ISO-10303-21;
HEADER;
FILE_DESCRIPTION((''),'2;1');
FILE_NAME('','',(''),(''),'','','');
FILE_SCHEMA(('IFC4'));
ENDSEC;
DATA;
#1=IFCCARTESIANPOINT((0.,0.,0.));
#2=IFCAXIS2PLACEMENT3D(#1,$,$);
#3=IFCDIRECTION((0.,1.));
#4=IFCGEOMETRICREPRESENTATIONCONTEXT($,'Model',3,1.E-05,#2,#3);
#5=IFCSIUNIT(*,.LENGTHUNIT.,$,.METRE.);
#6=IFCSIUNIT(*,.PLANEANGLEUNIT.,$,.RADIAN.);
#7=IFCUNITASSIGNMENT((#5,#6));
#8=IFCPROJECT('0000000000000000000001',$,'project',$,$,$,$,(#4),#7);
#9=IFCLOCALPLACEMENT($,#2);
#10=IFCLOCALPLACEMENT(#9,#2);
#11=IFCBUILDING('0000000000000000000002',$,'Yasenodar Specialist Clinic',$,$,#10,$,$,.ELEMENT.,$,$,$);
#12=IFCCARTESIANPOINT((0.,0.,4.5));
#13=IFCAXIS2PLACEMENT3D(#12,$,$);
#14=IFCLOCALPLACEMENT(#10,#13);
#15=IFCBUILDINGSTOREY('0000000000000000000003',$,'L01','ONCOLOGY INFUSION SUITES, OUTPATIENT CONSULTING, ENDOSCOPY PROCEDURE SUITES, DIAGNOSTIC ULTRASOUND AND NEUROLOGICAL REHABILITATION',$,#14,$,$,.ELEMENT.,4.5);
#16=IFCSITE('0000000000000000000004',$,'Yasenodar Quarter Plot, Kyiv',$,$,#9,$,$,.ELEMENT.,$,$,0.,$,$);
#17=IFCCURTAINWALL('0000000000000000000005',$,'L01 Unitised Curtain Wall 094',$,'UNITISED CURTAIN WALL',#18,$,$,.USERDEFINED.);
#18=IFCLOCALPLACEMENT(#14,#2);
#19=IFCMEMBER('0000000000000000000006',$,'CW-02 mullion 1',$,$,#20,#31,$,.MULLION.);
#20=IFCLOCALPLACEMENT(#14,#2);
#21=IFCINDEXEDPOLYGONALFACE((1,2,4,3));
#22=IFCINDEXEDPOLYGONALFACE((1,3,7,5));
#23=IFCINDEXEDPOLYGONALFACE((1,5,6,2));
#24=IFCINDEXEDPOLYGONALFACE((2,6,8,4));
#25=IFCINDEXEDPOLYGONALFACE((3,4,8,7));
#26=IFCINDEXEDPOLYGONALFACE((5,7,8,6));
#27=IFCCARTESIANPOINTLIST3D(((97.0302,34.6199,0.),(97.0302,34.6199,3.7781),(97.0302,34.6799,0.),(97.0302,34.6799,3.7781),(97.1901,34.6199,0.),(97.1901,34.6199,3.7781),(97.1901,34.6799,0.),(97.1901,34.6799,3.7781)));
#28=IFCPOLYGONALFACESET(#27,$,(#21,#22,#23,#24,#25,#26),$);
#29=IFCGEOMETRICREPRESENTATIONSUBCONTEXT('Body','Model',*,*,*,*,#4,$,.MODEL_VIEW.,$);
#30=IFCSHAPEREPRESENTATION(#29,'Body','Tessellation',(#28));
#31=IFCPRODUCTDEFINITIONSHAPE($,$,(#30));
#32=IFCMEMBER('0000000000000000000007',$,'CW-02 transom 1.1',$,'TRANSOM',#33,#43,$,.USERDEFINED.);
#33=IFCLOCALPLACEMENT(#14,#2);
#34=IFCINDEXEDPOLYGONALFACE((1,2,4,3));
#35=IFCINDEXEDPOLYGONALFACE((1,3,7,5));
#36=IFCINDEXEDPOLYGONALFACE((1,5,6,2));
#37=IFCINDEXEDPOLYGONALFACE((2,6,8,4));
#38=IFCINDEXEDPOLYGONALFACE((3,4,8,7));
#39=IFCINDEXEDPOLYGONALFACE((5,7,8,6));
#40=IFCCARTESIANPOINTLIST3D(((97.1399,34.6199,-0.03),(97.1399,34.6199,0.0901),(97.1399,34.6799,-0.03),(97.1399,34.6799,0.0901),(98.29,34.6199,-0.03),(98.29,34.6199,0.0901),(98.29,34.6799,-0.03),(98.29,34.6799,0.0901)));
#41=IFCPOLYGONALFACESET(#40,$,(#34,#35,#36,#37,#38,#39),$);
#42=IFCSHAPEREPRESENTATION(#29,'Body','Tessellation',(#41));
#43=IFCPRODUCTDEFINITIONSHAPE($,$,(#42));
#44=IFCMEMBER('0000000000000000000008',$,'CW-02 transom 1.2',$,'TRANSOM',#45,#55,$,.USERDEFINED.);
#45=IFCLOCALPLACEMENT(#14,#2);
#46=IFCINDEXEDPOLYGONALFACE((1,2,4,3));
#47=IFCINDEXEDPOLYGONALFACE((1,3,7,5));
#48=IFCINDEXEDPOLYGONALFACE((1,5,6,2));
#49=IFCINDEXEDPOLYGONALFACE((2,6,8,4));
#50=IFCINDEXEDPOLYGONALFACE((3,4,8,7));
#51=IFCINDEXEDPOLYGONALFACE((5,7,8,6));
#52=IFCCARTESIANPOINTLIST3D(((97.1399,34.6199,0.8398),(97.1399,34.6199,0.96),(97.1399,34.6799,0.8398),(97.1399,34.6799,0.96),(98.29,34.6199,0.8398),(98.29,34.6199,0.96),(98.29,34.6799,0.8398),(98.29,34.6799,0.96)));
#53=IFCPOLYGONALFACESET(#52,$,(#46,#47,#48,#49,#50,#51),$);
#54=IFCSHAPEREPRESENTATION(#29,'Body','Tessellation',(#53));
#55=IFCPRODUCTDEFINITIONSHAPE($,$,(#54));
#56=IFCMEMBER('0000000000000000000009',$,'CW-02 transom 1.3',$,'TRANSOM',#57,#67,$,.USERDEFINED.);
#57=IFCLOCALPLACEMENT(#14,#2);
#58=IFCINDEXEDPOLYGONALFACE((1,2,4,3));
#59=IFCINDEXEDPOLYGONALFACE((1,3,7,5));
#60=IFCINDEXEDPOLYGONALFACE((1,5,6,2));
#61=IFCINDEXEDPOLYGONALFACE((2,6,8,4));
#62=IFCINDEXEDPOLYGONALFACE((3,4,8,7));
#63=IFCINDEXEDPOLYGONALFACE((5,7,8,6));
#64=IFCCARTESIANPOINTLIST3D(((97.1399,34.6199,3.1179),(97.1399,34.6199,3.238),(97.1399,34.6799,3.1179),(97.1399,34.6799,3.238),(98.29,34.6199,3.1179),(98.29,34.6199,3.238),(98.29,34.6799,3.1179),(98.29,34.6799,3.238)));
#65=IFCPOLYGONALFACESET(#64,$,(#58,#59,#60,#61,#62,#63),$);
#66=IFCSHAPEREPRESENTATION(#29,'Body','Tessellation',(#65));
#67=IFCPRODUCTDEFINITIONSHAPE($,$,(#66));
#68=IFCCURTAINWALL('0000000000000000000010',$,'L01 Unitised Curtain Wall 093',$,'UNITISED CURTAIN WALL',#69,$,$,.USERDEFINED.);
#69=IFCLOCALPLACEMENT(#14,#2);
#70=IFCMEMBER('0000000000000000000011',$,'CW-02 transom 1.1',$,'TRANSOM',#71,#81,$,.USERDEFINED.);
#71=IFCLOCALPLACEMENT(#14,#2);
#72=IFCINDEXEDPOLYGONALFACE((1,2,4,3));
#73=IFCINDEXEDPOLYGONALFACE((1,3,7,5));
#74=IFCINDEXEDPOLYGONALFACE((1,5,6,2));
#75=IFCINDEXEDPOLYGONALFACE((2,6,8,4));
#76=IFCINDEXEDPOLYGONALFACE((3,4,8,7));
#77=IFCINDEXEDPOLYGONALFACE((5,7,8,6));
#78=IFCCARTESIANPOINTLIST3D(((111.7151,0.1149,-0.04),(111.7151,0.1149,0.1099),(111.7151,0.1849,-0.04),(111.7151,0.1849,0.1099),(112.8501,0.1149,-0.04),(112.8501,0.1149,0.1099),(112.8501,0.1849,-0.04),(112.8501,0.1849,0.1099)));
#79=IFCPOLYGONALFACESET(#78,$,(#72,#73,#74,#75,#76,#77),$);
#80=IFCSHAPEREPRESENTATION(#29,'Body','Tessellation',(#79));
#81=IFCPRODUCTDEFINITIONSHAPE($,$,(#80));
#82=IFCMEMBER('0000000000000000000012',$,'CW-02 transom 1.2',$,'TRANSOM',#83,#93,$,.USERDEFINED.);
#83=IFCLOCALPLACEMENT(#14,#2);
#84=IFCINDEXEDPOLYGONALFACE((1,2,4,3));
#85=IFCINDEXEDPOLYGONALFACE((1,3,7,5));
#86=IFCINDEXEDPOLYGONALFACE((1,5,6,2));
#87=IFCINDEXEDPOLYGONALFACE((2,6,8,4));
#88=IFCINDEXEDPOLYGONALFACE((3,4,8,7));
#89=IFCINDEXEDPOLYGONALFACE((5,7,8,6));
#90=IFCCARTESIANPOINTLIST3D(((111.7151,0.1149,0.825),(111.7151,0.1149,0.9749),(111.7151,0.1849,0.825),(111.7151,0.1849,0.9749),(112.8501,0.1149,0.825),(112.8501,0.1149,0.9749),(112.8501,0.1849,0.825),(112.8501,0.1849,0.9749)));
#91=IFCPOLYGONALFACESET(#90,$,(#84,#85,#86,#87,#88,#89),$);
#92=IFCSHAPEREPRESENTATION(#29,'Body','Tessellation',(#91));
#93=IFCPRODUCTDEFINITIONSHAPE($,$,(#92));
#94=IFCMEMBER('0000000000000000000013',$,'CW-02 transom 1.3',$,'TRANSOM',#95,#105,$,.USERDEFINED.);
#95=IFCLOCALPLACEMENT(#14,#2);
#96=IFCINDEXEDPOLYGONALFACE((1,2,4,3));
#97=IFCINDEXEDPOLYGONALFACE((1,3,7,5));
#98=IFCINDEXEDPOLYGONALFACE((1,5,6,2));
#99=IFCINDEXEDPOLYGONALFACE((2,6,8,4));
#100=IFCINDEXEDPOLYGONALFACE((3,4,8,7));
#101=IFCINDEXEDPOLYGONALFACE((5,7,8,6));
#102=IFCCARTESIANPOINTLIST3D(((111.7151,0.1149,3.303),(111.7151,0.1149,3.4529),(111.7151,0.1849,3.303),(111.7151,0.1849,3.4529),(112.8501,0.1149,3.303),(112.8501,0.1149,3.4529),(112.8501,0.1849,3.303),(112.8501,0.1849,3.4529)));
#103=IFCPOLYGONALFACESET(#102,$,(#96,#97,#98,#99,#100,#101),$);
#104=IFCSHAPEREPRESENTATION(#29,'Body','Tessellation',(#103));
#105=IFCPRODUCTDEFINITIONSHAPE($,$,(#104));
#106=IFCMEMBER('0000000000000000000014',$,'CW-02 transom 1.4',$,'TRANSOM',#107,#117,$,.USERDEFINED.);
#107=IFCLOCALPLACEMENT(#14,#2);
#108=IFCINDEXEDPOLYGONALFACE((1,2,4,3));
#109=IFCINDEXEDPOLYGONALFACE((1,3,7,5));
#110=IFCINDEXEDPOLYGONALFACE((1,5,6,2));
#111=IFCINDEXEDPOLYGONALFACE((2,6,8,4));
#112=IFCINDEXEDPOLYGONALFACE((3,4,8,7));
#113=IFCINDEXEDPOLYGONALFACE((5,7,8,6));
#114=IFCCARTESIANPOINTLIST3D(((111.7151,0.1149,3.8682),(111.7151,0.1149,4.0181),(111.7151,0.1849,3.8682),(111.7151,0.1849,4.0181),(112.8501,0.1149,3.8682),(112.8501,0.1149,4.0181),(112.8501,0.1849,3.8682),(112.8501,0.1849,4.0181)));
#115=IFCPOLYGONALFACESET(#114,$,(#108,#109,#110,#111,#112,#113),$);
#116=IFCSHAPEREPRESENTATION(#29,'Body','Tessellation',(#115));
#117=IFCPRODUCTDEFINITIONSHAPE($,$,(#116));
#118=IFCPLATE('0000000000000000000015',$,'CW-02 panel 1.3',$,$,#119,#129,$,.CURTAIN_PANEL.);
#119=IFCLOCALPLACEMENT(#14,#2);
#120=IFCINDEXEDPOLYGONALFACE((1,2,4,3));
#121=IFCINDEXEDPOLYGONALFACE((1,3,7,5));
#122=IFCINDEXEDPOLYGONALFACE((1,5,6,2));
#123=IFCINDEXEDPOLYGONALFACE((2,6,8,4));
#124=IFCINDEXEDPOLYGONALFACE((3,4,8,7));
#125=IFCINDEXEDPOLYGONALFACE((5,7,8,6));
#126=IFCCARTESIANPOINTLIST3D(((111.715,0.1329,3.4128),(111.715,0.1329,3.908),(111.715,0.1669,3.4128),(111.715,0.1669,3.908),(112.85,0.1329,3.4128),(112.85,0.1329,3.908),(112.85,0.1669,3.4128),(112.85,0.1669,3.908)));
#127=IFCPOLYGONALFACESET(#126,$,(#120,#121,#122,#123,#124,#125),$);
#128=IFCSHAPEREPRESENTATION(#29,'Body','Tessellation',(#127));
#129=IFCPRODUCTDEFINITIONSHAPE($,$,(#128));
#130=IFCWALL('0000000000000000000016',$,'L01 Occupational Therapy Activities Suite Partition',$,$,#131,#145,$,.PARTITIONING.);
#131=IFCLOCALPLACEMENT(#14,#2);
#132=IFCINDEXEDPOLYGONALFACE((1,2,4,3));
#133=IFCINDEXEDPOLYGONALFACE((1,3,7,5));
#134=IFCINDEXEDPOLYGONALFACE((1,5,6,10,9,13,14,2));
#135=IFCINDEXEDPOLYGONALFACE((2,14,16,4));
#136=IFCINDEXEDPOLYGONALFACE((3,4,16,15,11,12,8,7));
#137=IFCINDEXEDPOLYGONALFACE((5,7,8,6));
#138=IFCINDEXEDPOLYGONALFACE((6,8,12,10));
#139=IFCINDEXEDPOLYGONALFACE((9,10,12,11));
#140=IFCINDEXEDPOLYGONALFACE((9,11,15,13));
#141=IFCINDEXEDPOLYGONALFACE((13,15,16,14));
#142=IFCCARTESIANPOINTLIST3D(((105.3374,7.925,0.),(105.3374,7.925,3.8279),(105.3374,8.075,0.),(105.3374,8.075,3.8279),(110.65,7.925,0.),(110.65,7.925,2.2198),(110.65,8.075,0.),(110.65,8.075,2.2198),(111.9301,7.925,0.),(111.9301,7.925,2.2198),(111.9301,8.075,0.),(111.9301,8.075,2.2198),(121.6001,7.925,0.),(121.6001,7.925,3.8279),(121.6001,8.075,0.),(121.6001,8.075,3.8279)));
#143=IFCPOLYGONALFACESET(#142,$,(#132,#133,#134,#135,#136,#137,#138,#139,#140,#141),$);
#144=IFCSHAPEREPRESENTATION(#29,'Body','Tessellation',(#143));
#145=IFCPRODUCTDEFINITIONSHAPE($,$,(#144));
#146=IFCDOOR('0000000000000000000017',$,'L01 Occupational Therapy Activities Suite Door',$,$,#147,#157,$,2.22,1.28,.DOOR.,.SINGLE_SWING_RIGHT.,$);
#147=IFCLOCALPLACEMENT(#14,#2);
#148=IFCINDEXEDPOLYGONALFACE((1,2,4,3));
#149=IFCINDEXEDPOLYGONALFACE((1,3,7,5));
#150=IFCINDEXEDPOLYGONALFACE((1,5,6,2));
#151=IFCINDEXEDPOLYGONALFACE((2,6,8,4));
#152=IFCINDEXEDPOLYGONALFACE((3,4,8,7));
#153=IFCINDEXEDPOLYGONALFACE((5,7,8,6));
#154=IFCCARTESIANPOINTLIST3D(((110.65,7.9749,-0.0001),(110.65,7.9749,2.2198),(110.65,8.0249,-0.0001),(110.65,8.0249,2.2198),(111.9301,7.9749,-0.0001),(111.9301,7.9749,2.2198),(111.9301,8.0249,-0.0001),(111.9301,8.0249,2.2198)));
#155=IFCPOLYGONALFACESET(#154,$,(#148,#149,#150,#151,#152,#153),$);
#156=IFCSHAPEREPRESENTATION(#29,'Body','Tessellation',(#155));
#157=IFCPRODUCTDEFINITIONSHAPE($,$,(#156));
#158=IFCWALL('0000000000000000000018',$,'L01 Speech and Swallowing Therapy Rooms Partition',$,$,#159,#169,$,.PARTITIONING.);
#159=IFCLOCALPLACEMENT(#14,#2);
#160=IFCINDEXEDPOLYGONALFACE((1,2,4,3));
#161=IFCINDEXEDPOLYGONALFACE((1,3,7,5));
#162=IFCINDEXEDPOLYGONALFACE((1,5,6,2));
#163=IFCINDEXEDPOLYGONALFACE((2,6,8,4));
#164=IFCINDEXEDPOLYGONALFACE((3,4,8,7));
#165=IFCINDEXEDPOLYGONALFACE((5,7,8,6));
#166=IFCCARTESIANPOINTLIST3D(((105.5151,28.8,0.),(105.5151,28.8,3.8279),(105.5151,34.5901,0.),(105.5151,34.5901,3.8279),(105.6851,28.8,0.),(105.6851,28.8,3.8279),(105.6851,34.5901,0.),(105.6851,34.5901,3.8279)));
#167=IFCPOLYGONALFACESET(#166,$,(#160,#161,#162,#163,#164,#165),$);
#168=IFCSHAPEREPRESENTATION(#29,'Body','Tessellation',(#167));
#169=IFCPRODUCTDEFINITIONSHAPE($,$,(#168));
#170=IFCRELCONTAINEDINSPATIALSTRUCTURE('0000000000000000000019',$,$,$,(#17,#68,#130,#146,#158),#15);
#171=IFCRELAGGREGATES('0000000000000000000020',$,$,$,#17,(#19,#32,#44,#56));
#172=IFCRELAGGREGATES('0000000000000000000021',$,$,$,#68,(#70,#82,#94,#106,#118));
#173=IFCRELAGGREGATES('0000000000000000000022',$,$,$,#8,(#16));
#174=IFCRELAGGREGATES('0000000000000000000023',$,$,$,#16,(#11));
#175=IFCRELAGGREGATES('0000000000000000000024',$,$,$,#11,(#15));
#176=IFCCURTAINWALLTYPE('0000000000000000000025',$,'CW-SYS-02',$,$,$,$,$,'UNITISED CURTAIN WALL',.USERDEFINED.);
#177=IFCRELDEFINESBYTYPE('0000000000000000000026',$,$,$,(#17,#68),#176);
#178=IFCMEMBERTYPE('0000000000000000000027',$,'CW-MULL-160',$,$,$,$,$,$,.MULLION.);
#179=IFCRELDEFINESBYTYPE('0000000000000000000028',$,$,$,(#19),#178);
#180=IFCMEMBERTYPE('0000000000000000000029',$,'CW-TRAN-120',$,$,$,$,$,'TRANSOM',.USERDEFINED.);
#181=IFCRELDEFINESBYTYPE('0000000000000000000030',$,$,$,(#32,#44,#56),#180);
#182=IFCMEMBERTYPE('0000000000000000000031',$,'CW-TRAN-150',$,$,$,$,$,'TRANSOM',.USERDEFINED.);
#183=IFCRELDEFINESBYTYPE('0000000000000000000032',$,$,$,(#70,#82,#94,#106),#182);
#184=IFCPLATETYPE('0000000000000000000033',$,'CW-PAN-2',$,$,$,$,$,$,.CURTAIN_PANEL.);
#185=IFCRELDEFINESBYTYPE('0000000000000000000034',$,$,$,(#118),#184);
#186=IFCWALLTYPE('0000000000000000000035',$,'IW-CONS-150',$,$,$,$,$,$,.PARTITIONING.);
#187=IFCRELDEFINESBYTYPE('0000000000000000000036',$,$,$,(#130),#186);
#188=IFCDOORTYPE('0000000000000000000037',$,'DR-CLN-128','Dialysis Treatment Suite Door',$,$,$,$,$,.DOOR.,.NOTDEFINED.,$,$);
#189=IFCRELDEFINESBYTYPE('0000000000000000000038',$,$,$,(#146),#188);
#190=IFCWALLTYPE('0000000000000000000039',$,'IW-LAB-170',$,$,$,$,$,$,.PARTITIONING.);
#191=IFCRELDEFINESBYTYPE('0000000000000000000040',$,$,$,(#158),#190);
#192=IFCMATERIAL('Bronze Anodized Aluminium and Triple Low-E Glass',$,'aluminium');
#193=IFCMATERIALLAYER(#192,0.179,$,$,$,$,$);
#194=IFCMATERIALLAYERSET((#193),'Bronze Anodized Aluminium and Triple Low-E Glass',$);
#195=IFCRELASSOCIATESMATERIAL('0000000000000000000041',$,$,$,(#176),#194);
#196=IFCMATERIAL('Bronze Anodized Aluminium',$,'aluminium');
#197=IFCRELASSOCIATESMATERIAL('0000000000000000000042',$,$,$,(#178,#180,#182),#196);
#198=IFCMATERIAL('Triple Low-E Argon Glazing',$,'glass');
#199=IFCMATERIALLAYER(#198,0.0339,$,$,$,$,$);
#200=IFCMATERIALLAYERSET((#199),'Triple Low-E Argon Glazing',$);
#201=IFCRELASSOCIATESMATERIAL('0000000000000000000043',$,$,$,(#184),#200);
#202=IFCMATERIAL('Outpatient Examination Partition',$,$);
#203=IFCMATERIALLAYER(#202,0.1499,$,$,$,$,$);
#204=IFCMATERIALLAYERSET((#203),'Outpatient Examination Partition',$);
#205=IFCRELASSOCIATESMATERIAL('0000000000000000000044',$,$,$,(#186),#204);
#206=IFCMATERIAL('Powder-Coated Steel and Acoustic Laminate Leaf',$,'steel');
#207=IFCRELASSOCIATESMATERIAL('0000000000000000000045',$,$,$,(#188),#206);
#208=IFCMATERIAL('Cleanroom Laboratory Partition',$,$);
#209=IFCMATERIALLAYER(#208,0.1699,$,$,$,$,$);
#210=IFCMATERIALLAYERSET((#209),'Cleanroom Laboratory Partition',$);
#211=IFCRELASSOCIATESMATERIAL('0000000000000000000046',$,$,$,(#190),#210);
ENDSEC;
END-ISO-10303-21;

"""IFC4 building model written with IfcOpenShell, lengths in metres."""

from ifc_helpers import new_model, si_unit, direction, frame, frame_2d, origin, origin_2d, place, context, subcontext, project, spatial, rectangle, extrude, material, layer, layer_set, material_profile, profile_set, type_object, element, fill, aggregate, save


model = new_model("IFC4")

# Units and contexts
model_context = context("Model", 3, precision=1e-05, world=origin(), true_north=direction((0.0, 1.0)))
body_context = subcontext(model_context, "Body", "Model", "MODEL_VIEW")
ifc_project = project(units=[si_unit("LENGTHUNIT", "METRE"), si_unit("PLANEANGLEUNIT", "RADIAN")], contexts=[model_context])

# Site, building, storey
site_placement = place(None, origin())
site = spatial("IfcSite", under=ifc_project, at=site_placement, Name="Yasenodar Quarter Plot, Kyiv", CompositionType="ELEMENT", RefElevation=0.0)
building_placement = place(site_placement, origin())
building = spatial("IfcBuilding", under=site, at=building_placement, Name="Yasenodar Specialist Clinic", CompositionType="ELEMENT")
storey_placement = place(building_placement, frame((0.0, 0.0, 4.5)))
storey = spatial("IfcBuildingStorey", under=building, at=storey_placement, Name="L01", Description="ONCOLOGY INFUSION SUITES, OUTPATIENT CONSULTING, ENDOSCOPY PROCEDURE SUITES, DIAGNOSTIC ULTRASOUND AND NEUROLOGICAL REHABILITATION", CompositionType="ELEMENT", Elevation=4.5)

# Curtain wall, members
ifc_material_1 = material(Name="Bronze Anodized Aluminium and Triple Low-E Glass", Category="aluminium")
ifc_layer_1 = layer(ifc_material_1, 0.179)
ifc_layer_set_1 = layer_set([ifc_layer_1], Name="Bronze Anodized Aluminium and Triple Low-E Glass")
curtain_wall_type = type_object("IfcCurtainWallType", Name="CW-SYS-02", ElementType="UNITISED CURTAIN WALL", PredefinedType="USERDEFINED", material=ifc_layer_set_1)
curtain_wall_1_placement = place(storey_placement, origin())
curtain_wall_1 = element("IfcCurtainWall", 1, at=curtain_wall_1_placement, inside=storey, type_object=curtain_wall_type, Name="L01 Unitised Curtain Wall 094", ObjectType="UNITISED CURTAIN WALL", PredefinedType="USERDEFINED")
ifc_material_2 = material(Name="Bronze Anodized Aluminium", Category="aluminium")
ifc_material_profile_1 = material_profile(ifc_material_2, rectangle(XDim=0.0601, YDim=0.1599, at=origin_2d()), Name="CW-MULL 60x160")
ifc_profile_set_1 = profile_set([ifc_material_profile_1], Name="Bronze Anodized Aluminium")
member_type_1 = type_object("IfcMemberType", Name="CW-MULL-160", PredefinedType="MULLION", material=ifc_profile_set_1)
member_1_placement = place(storey_placement, frame((97.1101, 34.6499, 0.0), z_axis=(0.0, 0.0, 1.0), x_axis=(0.0, 1.0, 0.0)))
member_1 = element("IfcMember", 2, at=member_1_placement, type_object=member_type_1, Name="CW-02 mullion 1", PredefinedType="MULLION", context=body_context, shape_type="SweptSolid", body=[
    extrude(rectangle(XDim=0.0601, YDim=0.1599, at=origin_2d()), origin(), (0.0, 0.0, 1.0), 3.7781),
])
ifc_material_profile_2 = material_profile(ifc_material_2, rectangle(XDim=0.0601, YDim=0.1201, at=origin_2d()), Name="CW-TRAN 60x120")
ifc_profile_set_2 = profile_set([ifc_material_profile_2], Name="Bronze Anodized Aluminium")
member_type_2 = type_object("IfcMemberType", Name="CW-TRAN-120", ElementType="TRANSOM", PredefinedType="USERDEFINED", material=ifc_profile_set_2)
member_2_placement = place(storey_placement, frame((97.1399, 34.6499, 0.03), z_axis=(1.0, 0.0, 0.0), x_axis=(0.0, 1.0, 0.0)))
member_2 = element("IfcMember", 3, at=member_2_placement, type_object=member_type_2, Name="CW-02 transom 1.1", ObjectType="TRANSOM", PredefinedType="USERDEFINED", context=body_context, shape_type="SweptSolid", body=[
    extrude(rectangle(XDim=0.0601, YDim=0.1201, at=origin_2d()), origin(), (0.0, 0.0, 1.0), 1.1501),
])
member_3_placement = place(storey_placement, frame((97.1399, 34.6499, 0.8999), z_axis=(1.0, 0.0, 0.0), x_axis=(0.0, 1.0, 0.0)))
member_3 = element("IfcMember", 4, at=member_3_placement, type_object=member_type_2, Name="CW-02 transom 1.2", ObjectType="TRANSOM", PredefinedType="USERDEFINED", context=body_context, shape_type="SweptSolid", body=[
    extrude(rectangle(XDim=0.0601, YDim=0.1201, at=origin_2d()), origin(), (0.0, 0.0, 1.0), 1.1501),
])
member_4_placement = place(storey_placement, frame((97.1399, 34.6499, 3.178), z_axis=(1.0, 0.0, 0.0), x_axis=(0.0, 1.0, 0.0)))
member_4 = element("IfcMember", 5, at=member_4_placement, type_object=member_type_2, Name="CW-02 transom 1.3", ObjectType="TRANSOM", PredefinedType="USERDEFINED", context=body_context, shape_type="SweptSolid", body=[
    extrude(rectangle(XDim=0.0601, YDim=0.1201, at=origin_2d()), origin(), (0.0, 0.0, 1.0), 1.1501),
])
aggregate(curtain_wall_1, [member_1, member_2, member_3, member_4])

# Curtain wall, members, plate
curtain_wall_2_placement = place(storey_placement, origin())
curtain_wall_2 = element("IfcCurtainWall", 6, at=curtain_wall_2_placement, inside=storey, type_object=curtain_wall_type, Name="L01 Unitised Curtain Wall 093", ObjectType="UNITISED CURTAIN WALL", PredefinedType="USERDEFINED")
ifc_material_profile_3 = material_profile(ifc_material_2, rectangle(XDim=0.0701, YDim=0.1499, at=origin_2d()), Name="CW-TRAN 70x150")
ifc_profile_set_3 = profile_set([ifc_material_profile_3], Name="Bronze Anodized Aluminium")
member_type_3 = type_object("IfcMemberType", Name="CW-TRAN-150", ElementType="TRANSOM", PredefinedType="USERDEFINED", material=ifc_profile_set_3)
member_5_placement = place(storey_placement, frame((112.8501, 0.1499, 0.0349), z_axis=(-1.0, 0.0, 0.0), x_axis=(0.0, -1.0, 0.0)))
member_5 = element("IfcMember", 7, at=member_5_placement, type_object=member_type_3, Name="CW-02 transom 1.1", ObjectType="TRANSOM", PredefinedType="USERDEFINED", context=body_context, shape_type="SweptSolid", body=[
    extrude(rectangle(XDim=0.0701, YDim=0.1499, at=origin_2d()), origin(), (0.0, 0.0, 1.0), 1.135),
])
member_6_placement = place(storey_placement, frame((112.8501, 0.1499, 0.8999), z_axis=(-1.0, 0.0, 0.0), x_axis=(0.0, -1.0, 0.0)))
member_6 = element("IfcMember", 8, at=member_6_placement, type_object=member_type_3, Name="CW-02 transom 1.2", ObjectType="TRANSOM", PredefinedType="USERDEFINED", context=body_context, shape_type="SweptSolid", body=[
    extrude(rectangle(XDim=0.0701, YDim=0.1499, at=origin_2d()), origin(), (0.0, 0.0, 1.0), 1.135),
])
member_7_placement = place(storey_placement, frame((112.8501, 0.1499, 3.3779), z_axis=(-1.0, 0.0, 0.0), x_axis=(0.0, -1.0, 0.0)))
member_7 = element("IfcMember", 9, at=member_7_placement, type_object=member_type_3, Name="CW-02 transom 1.3", ObjectType="TRANSOM", PredefinedType="USERDEFINED", context=body_context, shape_type="SweptSolid", body=[
    extrude(rectangle(XDim=0.0701, YDim=0.1499, at=origin_2d()), origin(), (0.0, 0.0, 1.0), 1.135),
])
member_8_placement = place(storey_placement, frame((112.8501, 0.1499, 3.9431), z_axis=(-1.0, 0.0, 0.0), x_axis=(0.0, -1.0, 0.0)))
member_8 = element("IfcMember", 10, at=member_8_placement, type_object=member_type_3, Name="CW-02 transom 1.4", ObjectType="TRANSOM", PredefinedType="USERDEFINED", context=body_context, shape_type="SweptSolid", body=[
    extrude(rectangle(XDim=0.0701, YDim=0.1499, at=origin_2d()), origin(), (0.0, 0.0, 1.0), 1.135),
])
ifc_material_3 = material(Name="Triple Low-E Argon Glazing", Category="glass")
ifc_layer_2 = layer(ifc_material_3, 0.0339)
ifc_layer_set_2 = layer_set([ifc_layer_2], Name="Triple Low-E Argon Glazing")
plate_type = type_object("IfcPlateType", Name="CW-PAN-2", PredefinedType="CURTAIN_PANEL", material=ifc_layer_set_2)
plate_placement = place(storey_placement, frame((112.2825, 0.1499, 3.4128), z_axis=(0.0, 0.0, 1.0), x_axis=(-1.0, 0.0, 0.0)))
plate = element("IfcPlate", 11, at=plate_placement, type_object=plate_type, Name="CW-02 panel 1.3", PredefinedType="CURTAIN_PANEL", context=body_context, shape_type="SweptSolid", body=[
    extrude(rectangle(XDim=1.135, YDim=0.0339, at=origin_2d()), origin(), (0.0, 0.0, 1.0), 0.4951),
])
aggregate(curtain_wall_2, [member_5, member_6, member_7, member_8, plate])

# Wall, opening, door
ifc_material_4 = material(Name="Outpatient Examination Partition")
ifc_layer_3 = layer(ifc_material_4, 0.1499)
ifc_layer_set_3 = layer_set([ifc_layer_3], Name="Outpatient Examination Partition")
wall_type_1 = type_object("IfcWallType", Name="IW-CONS-150", PredefinedType="PARTITIONING", material=ifc_layer_set_3)
wall_1_placement = place(storey_placement, frame((105.3374, 8.0, 0.0), z_axis=(0.0, 0.0, 1.0), x_axis=(1.0, 0.0, 0.0)))
wall_1 = element("IfcWall", 12, at=wall_1_placement, inside=storey, type_object=wall_type_1, Name="L01 Occupational Therapy Activities Suite Partition", PredefinedType="PARTITIONING", context=body_context, shape_type="SweptSolid", body=[
    extrude(rectangle(XDim=16.2627, YDim=0.1499, at=frame_2d((8.1313, 0.0))), origin(), (0.0, 0.0, 1.0), 3.8279),
])
opening_1_placement = place(wall_1_placement, frame((5.3125, 0.0, 0.0)))
opening_1 = element("IfcOpeningElement", 13, at=opening_1_placement, cuts=wall_1, PredefinedType="OPENING", context=body_context, shape_type="SweptSolid", body=[
    extrude(rectangle(XDim=1.28, YDim=2.22, at=frame_2d((0.6401, 1.1099))), frame((0.0, 0.085, 0.0), z_axis=(0.0, -1.0, 0.0), x_axis=(1.0, 0.0, 0.0)), (0.0, 0.0, 1.0), 0.1699),
])
ifc_material_5 = material(Name="Powder-Coated Steel and Acoustic Laminate Leaf", Category="steel")
door_type_1 = type_object("IfcDoorType", Name="DR-CLN-128", Description="Dialysis Treatment Suite Door", OperationType="NOTDEFINED", PredefinedType="DOOR", material=ifc_material_5)
door_1_placement = place(opening_1_placement, origin())
door_1 = element("IfcDoor", 14, at=door_1_placement, inside=storey, type_object=door_type_1, Name="L01 Occupational Therapy Activities Suite Door", OperationType="SINGLE_SWING_RIGHT", OverallHeight=2.22, OverallWidth=1.28, PredefinedType="DOOR", context=body_context, shape_type="SweptSolid", body=[
    extrude(rectangle(XDim=1.28, YDim=2.22, at=frame_2d((0.6401, 1.1099))), frame((0.0, 0.0249, 0.0), z_axis=(0.0, -1.0, 0.0), x_axis=(1.0, 0.0, 0.0)), (0.0, 0.0, 1.0), 0.05),
])
fill(opening_1, door_1)

# Wall
ifc_material_6 = material(Name="Cleanroom Laboratory Partition")
ifc_layer_4 = layer(ifc_material_6, 0.1699)
ifc_layer_set_4 = layer_set([ifc_layer_4], Name="Cleanroom Laboratory Partition")
wall_type_2 = type_object("IfcWallType", Name="IW-LAB-170", PredefinedType="PARTITIONING", material=ifc_layer_set_4)
wall_2_placement = place(storey_placement, frame((105.6001, 28.8, 0.0), z_axis=(0.0, 0.0, 1.0), x_axis=(0.0, 1.0, 0.0)))
element("IfcWall", 15, at=wall_2_placement, inside=storey, type_object=wall_type_2, Name="L01 Speech and Swallowing Therapy Rooms Partition", PredefinedType="PARTITIONING", context=body_context, shape_type="SweptSolid", body=[
    extrude(rectangle(XDim=5.79, YDim=0.1699, at=frame_2d((2.895, 0.0))), origin(), (0.0, 0.0, 1.0), 3.8279),
])

save(model, "model.ifc")
